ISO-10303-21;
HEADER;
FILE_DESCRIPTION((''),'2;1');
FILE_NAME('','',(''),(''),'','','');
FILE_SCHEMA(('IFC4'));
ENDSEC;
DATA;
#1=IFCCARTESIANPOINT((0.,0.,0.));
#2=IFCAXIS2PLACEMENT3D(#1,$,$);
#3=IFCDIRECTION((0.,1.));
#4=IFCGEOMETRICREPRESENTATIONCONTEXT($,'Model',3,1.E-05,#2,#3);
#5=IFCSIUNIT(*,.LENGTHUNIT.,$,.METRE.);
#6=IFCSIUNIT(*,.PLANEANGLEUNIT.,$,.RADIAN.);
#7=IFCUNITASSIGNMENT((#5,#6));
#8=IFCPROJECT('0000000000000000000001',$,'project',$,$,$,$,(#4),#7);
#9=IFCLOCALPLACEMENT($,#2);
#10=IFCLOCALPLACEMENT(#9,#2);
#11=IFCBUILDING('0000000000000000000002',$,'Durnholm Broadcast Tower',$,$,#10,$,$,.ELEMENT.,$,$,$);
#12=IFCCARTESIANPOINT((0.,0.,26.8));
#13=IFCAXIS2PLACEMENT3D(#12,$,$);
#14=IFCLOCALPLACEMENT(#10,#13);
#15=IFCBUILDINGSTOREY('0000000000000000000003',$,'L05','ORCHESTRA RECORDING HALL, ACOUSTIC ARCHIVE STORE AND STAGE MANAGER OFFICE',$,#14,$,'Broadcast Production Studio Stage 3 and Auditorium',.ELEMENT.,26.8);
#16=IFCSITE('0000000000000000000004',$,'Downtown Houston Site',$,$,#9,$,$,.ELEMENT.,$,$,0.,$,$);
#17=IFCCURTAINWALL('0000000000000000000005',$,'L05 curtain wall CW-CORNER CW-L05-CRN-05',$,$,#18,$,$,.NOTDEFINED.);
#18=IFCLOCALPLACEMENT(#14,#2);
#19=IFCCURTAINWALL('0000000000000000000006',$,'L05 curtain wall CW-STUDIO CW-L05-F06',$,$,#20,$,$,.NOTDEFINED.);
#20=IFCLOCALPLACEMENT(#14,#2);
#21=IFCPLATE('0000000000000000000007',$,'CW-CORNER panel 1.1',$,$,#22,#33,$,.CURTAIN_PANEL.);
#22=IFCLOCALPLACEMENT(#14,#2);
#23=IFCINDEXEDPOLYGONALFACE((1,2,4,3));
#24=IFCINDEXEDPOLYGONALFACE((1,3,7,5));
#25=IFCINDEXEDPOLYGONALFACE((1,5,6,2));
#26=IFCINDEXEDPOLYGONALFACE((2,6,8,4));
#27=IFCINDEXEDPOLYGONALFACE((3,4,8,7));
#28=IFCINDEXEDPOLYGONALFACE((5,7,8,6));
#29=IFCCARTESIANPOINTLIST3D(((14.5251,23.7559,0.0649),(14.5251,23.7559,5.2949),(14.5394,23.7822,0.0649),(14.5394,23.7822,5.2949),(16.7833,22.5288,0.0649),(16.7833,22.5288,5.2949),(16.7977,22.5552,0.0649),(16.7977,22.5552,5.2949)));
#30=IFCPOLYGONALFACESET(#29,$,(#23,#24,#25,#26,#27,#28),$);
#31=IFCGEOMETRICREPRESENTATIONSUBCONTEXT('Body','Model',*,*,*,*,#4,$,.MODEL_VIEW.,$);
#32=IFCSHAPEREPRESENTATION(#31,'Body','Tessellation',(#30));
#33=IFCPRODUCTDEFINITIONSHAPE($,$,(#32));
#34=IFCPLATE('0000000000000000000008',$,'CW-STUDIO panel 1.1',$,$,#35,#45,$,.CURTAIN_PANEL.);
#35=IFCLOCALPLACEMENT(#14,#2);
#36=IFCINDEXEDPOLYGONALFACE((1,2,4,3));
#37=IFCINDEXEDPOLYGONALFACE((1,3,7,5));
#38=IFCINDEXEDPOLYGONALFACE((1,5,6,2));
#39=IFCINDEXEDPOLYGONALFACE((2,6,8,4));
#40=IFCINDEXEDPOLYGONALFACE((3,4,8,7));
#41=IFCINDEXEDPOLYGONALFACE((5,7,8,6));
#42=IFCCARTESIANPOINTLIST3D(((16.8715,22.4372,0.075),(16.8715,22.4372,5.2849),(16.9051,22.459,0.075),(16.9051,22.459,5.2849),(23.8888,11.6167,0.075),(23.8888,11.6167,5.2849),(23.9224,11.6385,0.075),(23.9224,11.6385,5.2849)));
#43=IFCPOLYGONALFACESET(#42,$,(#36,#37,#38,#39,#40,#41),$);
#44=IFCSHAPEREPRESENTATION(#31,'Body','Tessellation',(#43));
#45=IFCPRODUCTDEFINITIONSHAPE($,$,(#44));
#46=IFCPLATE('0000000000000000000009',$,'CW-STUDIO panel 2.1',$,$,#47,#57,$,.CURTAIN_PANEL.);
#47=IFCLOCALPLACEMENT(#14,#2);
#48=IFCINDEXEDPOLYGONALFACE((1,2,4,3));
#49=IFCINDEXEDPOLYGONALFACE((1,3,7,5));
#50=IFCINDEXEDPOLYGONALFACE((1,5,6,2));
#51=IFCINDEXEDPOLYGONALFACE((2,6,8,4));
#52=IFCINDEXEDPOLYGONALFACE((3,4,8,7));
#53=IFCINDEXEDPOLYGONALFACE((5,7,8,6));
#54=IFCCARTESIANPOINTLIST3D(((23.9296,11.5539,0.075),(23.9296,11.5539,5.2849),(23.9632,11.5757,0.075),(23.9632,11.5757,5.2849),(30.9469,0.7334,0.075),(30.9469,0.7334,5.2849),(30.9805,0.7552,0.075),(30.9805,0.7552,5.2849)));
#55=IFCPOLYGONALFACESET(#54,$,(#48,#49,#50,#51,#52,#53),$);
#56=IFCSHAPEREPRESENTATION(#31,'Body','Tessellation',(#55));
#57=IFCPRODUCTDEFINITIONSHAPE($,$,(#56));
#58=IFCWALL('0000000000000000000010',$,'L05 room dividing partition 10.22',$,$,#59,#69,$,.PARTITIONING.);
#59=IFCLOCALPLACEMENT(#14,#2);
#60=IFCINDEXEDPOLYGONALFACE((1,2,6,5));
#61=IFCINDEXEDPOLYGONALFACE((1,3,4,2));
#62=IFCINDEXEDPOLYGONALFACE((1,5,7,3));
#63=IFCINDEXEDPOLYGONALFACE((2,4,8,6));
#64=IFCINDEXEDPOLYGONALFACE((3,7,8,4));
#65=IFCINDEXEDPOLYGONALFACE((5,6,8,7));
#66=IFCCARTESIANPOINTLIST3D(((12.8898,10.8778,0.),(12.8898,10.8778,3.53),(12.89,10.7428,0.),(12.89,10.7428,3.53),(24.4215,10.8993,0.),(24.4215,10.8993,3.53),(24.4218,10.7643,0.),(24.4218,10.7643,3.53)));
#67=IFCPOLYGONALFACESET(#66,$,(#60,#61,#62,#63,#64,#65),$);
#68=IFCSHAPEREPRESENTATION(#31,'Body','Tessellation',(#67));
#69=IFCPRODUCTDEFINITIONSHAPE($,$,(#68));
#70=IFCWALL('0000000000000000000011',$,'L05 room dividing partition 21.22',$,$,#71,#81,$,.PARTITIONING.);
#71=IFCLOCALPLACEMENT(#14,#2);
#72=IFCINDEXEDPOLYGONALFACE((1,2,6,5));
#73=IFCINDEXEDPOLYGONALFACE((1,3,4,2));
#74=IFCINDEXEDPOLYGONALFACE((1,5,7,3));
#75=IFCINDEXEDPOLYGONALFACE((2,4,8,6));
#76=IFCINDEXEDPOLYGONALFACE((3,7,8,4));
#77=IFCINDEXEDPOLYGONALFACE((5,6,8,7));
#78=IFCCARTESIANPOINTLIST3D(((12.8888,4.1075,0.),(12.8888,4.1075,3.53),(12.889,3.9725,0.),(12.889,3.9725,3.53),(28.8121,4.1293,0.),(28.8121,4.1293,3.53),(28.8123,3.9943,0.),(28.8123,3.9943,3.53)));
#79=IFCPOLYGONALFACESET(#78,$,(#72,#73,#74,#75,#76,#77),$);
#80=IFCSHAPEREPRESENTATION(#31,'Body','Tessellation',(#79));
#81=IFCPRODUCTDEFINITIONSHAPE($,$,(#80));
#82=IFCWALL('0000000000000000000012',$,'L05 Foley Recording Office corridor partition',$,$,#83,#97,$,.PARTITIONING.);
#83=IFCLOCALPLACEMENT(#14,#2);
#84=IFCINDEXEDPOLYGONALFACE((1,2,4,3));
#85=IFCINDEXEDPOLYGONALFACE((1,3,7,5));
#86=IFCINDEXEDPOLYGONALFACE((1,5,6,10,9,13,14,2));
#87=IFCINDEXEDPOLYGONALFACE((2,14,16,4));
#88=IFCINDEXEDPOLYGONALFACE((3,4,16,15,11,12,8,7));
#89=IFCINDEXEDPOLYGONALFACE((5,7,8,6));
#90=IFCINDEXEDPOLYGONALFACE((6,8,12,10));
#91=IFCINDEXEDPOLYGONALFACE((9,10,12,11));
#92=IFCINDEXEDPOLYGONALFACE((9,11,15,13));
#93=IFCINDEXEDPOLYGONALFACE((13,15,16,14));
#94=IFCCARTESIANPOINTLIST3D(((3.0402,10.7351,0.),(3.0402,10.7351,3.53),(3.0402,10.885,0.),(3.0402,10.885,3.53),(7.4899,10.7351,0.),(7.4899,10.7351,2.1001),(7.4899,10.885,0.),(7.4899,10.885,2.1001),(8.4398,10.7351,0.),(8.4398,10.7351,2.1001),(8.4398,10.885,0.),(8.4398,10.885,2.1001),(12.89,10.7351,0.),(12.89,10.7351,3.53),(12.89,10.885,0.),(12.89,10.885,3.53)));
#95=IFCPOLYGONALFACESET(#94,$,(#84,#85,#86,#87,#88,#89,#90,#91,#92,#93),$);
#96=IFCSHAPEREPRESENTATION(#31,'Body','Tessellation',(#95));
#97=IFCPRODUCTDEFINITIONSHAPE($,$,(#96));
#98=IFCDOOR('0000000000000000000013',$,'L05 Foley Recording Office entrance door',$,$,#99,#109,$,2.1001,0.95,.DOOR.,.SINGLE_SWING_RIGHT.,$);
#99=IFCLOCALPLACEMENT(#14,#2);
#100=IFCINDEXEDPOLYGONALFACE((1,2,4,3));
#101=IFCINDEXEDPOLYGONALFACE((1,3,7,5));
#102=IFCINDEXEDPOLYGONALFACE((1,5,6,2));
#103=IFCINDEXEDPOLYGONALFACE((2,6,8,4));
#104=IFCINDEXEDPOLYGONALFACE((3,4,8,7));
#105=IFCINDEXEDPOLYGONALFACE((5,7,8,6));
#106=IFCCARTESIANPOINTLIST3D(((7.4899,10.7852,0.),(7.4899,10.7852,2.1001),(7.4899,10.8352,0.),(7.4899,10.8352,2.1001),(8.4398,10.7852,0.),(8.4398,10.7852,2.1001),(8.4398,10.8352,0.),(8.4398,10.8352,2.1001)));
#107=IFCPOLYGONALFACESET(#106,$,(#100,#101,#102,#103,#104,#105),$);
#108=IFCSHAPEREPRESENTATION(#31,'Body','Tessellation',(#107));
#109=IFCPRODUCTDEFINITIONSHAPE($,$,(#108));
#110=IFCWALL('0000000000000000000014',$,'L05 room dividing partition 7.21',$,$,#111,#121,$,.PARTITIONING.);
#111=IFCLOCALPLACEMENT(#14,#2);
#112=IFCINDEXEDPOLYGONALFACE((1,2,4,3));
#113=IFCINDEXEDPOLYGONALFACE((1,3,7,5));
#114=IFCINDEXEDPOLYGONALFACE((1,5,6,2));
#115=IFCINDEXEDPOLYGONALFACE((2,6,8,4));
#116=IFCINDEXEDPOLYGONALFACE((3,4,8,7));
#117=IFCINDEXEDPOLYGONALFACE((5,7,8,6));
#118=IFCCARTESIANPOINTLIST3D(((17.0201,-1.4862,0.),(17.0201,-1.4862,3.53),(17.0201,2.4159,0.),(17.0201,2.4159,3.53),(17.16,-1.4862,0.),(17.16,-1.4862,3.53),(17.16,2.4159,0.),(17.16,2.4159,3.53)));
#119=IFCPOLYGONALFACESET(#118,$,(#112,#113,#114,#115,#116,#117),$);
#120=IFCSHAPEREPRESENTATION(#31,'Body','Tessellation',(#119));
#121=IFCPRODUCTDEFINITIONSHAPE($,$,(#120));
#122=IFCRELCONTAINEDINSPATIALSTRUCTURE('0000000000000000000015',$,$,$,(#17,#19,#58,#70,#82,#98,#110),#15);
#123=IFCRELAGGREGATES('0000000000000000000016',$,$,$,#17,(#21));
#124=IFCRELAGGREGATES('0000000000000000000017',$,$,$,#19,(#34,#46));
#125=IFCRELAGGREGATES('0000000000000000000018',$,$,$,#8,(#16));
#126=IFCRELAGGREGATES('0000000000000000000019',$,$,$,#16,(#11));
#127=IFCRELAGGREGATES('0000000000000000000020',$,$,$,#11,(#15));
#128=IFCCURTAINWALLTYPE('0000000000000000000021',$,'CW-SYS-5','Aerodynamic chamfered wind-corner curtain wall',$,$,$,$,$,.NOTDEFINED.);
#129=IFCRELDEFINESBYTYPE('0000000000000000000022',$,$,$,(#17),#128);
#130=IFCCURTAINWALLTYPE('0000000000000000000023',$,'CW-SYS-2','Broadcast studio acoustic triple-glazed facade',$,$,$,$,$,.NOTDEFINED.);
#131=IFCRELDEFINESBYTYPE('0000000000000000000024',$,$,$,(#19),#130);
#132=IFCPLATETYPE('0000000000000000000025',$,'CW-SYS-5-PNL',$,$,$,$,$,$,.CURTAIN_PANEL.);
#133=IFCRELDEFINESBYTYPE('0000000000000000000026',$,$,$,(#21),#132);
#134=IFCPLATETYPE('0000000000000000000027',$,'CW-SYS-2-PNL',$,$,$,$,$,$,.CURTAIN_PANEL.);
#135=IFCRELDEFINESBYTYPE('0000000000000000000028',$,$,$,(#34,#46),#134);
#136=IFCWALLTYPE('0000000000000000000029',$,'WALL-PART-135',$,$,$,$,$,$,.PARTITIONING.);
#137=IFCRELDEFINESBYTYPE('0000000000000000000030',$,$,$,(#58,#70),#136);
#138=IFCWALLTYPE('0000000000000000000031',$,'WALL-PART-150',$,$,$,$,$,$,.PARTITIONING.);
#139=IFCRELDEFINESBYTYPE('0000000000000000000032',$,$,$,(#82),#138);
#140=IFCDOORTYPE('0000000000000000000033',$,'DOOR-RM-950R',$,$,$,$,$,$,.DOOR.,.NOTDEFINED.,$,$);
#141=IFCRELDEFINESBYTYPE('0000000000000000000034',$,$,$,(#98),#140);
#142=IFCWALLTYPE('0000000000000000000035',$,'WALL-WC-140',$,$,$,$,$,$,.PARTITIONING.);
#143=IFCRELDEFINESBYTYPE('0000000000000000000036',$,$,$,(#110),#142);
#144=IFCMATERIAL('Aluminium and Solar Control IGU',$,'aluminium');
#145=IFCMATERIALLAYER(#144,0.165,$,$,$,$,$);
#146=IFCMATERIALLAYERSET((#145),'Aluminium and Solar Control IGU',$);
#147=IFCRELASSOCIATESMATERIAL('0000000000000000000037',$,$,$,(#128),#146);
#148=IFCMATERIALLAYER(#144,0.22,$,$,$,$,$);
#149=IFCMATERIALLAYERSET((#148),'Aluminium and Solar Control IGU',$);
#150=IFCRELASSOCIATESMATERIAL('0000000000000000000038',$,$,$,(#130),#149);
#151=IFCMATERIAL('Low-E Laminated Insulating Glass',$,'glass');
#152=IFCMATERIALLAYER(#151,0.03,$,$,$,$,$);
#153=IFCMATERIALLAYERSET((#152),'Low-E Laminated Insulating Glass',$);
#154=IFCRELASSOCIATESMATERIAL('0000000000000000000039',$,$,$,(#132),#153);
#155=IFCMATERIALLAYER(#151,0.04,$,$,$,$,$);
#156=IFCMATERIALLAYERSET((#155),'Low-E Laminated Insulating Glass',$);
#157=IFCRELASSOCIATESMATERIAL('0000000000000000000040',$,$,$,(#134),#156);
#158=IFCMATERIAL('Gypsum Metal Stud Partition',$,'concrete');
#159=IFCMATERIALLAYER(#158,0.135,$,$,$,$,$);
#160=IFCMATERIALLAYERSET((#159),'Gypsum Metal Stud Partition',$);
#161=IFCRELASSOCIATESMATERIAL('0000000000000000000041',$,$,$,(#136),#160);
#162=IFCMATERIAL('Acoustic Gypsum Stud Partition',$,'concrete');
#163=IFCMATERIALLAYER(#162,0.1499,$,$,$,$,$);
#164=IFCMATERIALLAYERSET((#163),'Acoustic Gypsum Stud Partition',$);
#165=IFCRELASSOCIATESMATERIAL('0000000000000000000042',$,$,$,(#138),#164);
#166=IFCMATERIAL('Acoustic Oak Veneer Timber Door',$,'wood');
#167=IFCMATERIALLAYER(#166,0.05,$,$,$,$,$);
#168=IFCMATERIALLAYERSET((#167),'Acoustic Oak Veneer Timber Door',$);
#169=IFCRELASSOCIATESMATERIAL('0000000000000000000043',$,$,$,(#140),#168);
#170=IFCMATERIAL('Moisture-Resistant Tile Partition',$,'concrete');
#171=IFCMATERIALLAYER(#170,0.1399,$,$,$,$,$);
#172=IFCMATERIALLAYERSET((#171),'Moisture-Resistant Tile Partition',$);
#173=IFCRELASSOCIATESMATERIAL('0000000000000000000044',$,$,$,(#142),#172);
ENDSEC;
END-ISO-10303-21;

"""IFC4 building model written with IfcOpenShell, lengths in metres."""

from ifc_helpers import new_model, si_unit, direction, frame, frame_2d, origin, origin_2d, place, context, subcontext, project, spatial, rectangle, extrude, source, transform, mapped, material, layer, layer_set, type_object, type_shapes, element, fill, aggregate, save


model = new_model("IFC4")

# Units and contexts
model_context = context("Model", 3, precision=1e-05, world=origin(), true_north=direction((0.0, 1.0)))
body_context = subcontext(model_context, "Body", "Model", "MODEL_VIEW")
ifc_project = project(units=[si_unit("LENGTHUNIT", "METRE"), si_unit("PLANEANGLEUNIT", "RADIAN")], contexts=[model_context])

# Site, building, storey
site_placement = place(None, origin())
site = spatial("IfcSite", under=ifc_project, at=site_placement, Name="Downtown Houston Site", CompositionType="ELEMENT", RefElevation=0.0)
building_placement = place(site_placement, origin())
building = spatial("IfcBuilding", under=site, at=building_placement, Name="Durnholm Broadcast Tower", CompositionType="ELEMENT")
storey_placement = place(building_placement, frame((0.0, 0.0, 26.8)))
storey = spatial("IfcBuildingStorey", under=building, at=storey_placement, Name="L05", Description="ORCHESTRA RECORDING HALL, ACOUSTIC ARCHIVE STORE AND STAGE MANAGER OFFICE", LongName="Broadcast Production Studio Stage 3 and Auditorium", CompositionType="ELEMENT", Elevation=26.8)

# Curtain walls
ifc_material_1 = material(Name="Aluminium and Solar Control IGU", Category="aluminium")
ifc_layer_1 = layer(ifc_material_1, 0.165)
ifc_layer_set_1 = layer_set([ifc_layer_1], Name="Aluminium and Solar Control IGU")
curtain_wall_type_1 = type_object("IfcCurtainWallType", Name="CW-SYS-5", Description="Aerodynamic chamfered wind-corner curtain wall", PredefinedType="NOTDEFINED", material=ifc_layer_set_1)
curtain_wall_1_placement = place(storey_placement, origin())
curtain_wall_1 = element("IfcCurtainWall", 1, at=curtain_wall_1_placement, inside=storey, type_object=curtain_wall_type_1, Name="L05 curtain wall CW-CORNER CW-L05-CRN-05", PredefinedType="NOTDEFINED")
ifc_layer_2 = layer(ifc_material_1, 0.22)
ifc_layer_set_2 = layer_set([ifc_layer_2], Name="Aluminium and Solar Control IGU")
curtain_wall_type_2 = type_object("IfcCurtainWallType", Name="CW-SYS-2", Description="Broadcast studio acoustic triple-glazed facade", PredefinedType="NOTDEFINED", material=ifc_layer_set_2)
curtain_wall_2_placement = place(storey_placement, origin())
curtain_wall_2 = element("IfcCurtainWall", 2, at=curtain_wall_2_placement, inside=storey, type_object=curtain_wall_type_2, Name="L05 curtain wall CW-STUDIO CW-L05-F06", PredefinedType="NOTDEFINED")

# Plates
ifc_material_2 = material(Name="Low-E Laminated Insulating Glass", Category="glass")
ifc_layer_3 = layer(ifc_material_2, 0.03)
ifc_layer_set_3 = layer_set([ifc_layer_3], Name="Low-E Laminated Insulating Glass")
plate_type_1 = type_object("IfcPlateType", Name="CW-SYS-5-PNL", PredefinedType="CURTAIN_PANEL", material=ifc_layer_set_3)
shared_shape_1 = source(origin(), body_context, "Body", "SweptSolid", [
    extrude(rectangle(XDim=2.5701, YDim=0.03, at=origin_2d()), origin(), (0.0, 0.0, 1.0), 5.23),
])
type_shapes(plate_type_1, [shared_shape_1])
plate_1_placement = place(storey_placement, frame((15.6614, 23.1555, 0.0649), z_axis=(0.0, 0.0, 1.0), x_axis=(0.878663, -0.477442, 0.0)))
plate_1 = element("IfcPlate", 3, at=plate_1_placement, type_object=plate_type_1, Name="CW-CORNER panel 1.1", PredefinedType="CURTAIN_PANEL", context=body_context, shape_type="MappedRepresentation", body=[
    mapped(shared_shape_1, transform((0.0, 0.0, 0.0), x_axis=(1.0, 0.0, 0.0), y_axis=(0.0, 1.0, 0.0), z_axis=(0.0, 0.0, 1.0), scale=1.0)),
])
aggregate(curtain_wall_1, [plate_1])
ifc_layer_4 = layer(ifc_material_2, 0.04)
ifc_layer_set_4 = layer_set([ifc_layer_4], Name="Low-E Laminated Insulating Glass")
plate_type_2 = type_object("IfcPlateType", Name="CW-SYS-2-PNL", PredefinedType="CURTAIN_PANEL", material=ifc_layer_set_4)
shared_shape_2 = source(origin(), body_context, "Body", "SweptSolid", [
    extrude(rectangle(XDim=12.8967, YDim=0.04, at=origin_2d()), origin(), (0.0, 0.0, 1.0), 5.21),
])
type_shapes(plate_type_2, [shared_shape_2])
plate_2_placement = place(storey_placement, frame((20.397, 17.0378, 0.075), z_axis=(0.0, 0.0, 1.0), x_axis=(0.544117, -0.839009, 0.0)))
plate_2 = element("IfcPlate", 4, at=plate_2_placement, type_object=plate_type_2, Name="CW-STUDIO panel 1.1", PredefinedType="CURTAIN_PANEL", context=body_context, shape_type="MappedRepresentation", body=[
    mapped(shared_shape_2, transform((0.0, 0.0, 0.0), x_axis=(1.0, 0.0, 0.0), y_axis=(0.0, 1.0, 0.0), z_axis=(0.0, 0.0, 1.0), scale=1.0)),
])
plate_3_placement = place(storey_placement, frame((27.4551, 6.1545, 0.075), z_axis=(0.0, 0.0, 1.0), x_axis=(0.544117, -0.839009, 0.0)))
plate_3 = element("IfcPlate", 5, at=plate_3_placement, type_object=plate_type_2, Name="CW-STUDIO panel 2.1", PredefinedType="CURTAIN_PANEL", context=body_context, shape_type="MappedRepresentation", body=[
    mapped(shared_shape_2, transform((0.0, 0.0, 0.0), x_axis=(1.0, 0.0, 0.0), y_axis=(0.0, 1.0, 0.0), z_axis=(0.0, 0.0, 1.0), scale=1.0)),
])
aggregate(curtain_wall_2, [plate_2, plate_3])

# Walls
ifc_material_3 = material(Name="Gypsum Metal Stud Partition", Category="concrete")
ifc_layer_5 = layer(ifc_material_3, 0.135)
ifc_layer_set_5 = layer_set([ifc_layer_5], Name="Gypsum Metal Stud Partition")
wall_type_1 = type_object("IfcWallType", Name="WALL-PART-135", PredefinedType="PARTITIONING", material=ifc_layer_set_5)
wall_1_placement = place(storey_placement, frame((24.4216, 10.8318, 0.0), z_axis=(0.0, 0.0, 1.0), x_axis=(-0.999998, -0.001863, 0.0)))
element("IfcWall", 6, at=wall_1_placement, inside=storey, type_object=wall_type_1, Name="L05 room dividing partition 10.22", PredefinedType="PARTITIONING", context=body_context, shape_type="SweptSolid", body=[
    extrude(rectangle(XDim=11.5317, YDim=0.135, at=frame_2d((5.7659, 0.0))), origin(), (0.0, 0.0, 1.0), 3.53),
])
wall_2_placement = place(storey_placement, frame((12.8889, 4.04, 0.0), z_axis=(0.0, 0.0, 1.0), x_axis=(0.999999, 0.001365, 0.0)))
element("IfcWall", 7, at=wall_2_placement, inside=storey, type_object=wall_type_1, Name="L05 room dividing partition 21.22", PredefinedType="PARTITIONING", context=body_context, shape_type="SweptSolid", body=[
    extrude(rectangle(XDim=15.9233, YDim=0.135, at=frame_2d((7.9617, 0.0))), origin(), (0.0, 0.0, 1.0), 3.53),
])

# Wall, opening, door
ifc_material_4 = material(Name="Acoustic Gypsum Stud Partition", Category="concrete")
ifc_layer_6 = layer(ifc_material_4, 0.1499)
ifc_layer_set_6 = layer_set([ifc_layer_6], Name="Acoustic Gypsum Stud Partition")
wall_type_2 = type_object("IfcWallType", Name="WALL-PART-150", PredefinedType="PARTITIONING", material=ifc_layer_set_6)
wall_3_placement = place(storey_placement, frame((12.8899, 10.8101, 0.0), z_axis=(0.0, 0.0, 1.0), x_axis=(-1.0, 0.0, 0.0)))
wall_3 = element("IfcWall", 8, at=wall_3_placement, inside=storey, type_object=wall_type_2, Name="L05 Foley Recording Office corridor partition", PredefinedType="PARTITIONING", context=body_context, shape_type="SweptSolid", body=[
    extrude(rectangle(XDim=9.8499, YDim=0.1499, at=frame_2d((4.9248, 0.0))), origin(), (0.0, 0.0, 1.0), 3.53),
])
opening_placement = place(wall_3_placement, frame((4.45, 0.0, 0.0)))
opening = element("IfcOpeningElement", 9, at=opening_placement, cuts=wall_3, PredefinedType="OPENING", context=body_context, shape_type="SweptSolid", body=[
    extrude(rectangle(XDim=0.95, YDim=2.1001, at=frame_2d((0.4751, 1.05))), frame((0.0, 0.085, 0.0), z_axis=(0.0, -1.0, 0.0), x_axis=(1.0, 0.0, 0.0)), (0.0, 0.0, 1.0), 0.1699),
])
ifc_material_5 = material(Name="Acoustic Oak Veneer Timber Door", Category="wood")
ifc_layer_7 = layer(ifc_material_5, 0.05)
ifc_layer_set_7 = layer_set([ifc_layer_7], Name="Acoustic Oak Veneer Timber Door")
door_type = type_object("IfcDoorType", Name="DOOR-RM-950R", OperationType="NOTDEFINED", PredefinedType="DOOR", material=ifc_layer_set_7)
shared_shape_3 = source(origin(), body_context, "Body", "SweptSolid", [
    extrude(rectangle(XDim=0.95, YDim=2.1001, at=frame_2d((0.4751, 1.05))), frame((0.0, 0.0249, 0.0), z_axis=(0.0, -1.0, 0.0), x_axis=(1.0, 0.0, 0.0)), (0.0, 0.0, 1.0), 0.05),
])
type_shapes(door_type, [shared_shape_3])
door_placement = place(opening_placement, origin())
door = element("IfcDoor", 10, at=door_placement, inside=storey, type_object=door_type, Name="L05 Foley Recording Office entrance door", OperationType="SINGLE_SWING_RIGHT", OverallHeight=2.1001, OverallWidth=0.95, PredefinedType="DOOR", context=body_context, shape_type="MappedRepresentation", body=[
    mapped(shared_shape_3, transform((0.0, 0.0, 0.0), x_axis=(1.0, 0.0, 0.0), y_axis=(0.0, 1.0, 0.0), z_axis=(0.0, 0.0, 1.0), scale=1.0)),
])
fill(opening, door)

# Wall
ifc_material_6 = material(Name="Moisture-Resistant Tile Partition", Category="concrete")
ifc_layer_8 = layer(ifc_material_6, 0.1399)
ifc_layer_set_8 = layer_set([ifc_layer_8], Name="Moisture-Resistant Tile Partition")
wall_type_3 = type_object("IfcWallType", Name="WALL-WC-140", PredefinedType="PARTITIONING", material=ifc_layer_set_8)
wall_4_placement = place(storey_placement, frame((17.0901, 2.416, 0.0), z_axis=(0.0, 0.0, 1.0), x_axis=(0.0, -1.0, 0.0)))
element("IfcWall", 11, at=wall_4_placement, inside=storey, type_object=wall_type_3, Name="L05 room dividing partition 7.21", PredefinedType="PARTITIONING", context=body_context, shape_type="SweptSolid", body=[
    extrude(rectangle(XDim=3.9021, YDim=0.1399, at=frame_2d((1.9512, 0.0))), origin(), (0.0, 0.0, 1.0), 3.53),
])

save(model, "model.ifc")
